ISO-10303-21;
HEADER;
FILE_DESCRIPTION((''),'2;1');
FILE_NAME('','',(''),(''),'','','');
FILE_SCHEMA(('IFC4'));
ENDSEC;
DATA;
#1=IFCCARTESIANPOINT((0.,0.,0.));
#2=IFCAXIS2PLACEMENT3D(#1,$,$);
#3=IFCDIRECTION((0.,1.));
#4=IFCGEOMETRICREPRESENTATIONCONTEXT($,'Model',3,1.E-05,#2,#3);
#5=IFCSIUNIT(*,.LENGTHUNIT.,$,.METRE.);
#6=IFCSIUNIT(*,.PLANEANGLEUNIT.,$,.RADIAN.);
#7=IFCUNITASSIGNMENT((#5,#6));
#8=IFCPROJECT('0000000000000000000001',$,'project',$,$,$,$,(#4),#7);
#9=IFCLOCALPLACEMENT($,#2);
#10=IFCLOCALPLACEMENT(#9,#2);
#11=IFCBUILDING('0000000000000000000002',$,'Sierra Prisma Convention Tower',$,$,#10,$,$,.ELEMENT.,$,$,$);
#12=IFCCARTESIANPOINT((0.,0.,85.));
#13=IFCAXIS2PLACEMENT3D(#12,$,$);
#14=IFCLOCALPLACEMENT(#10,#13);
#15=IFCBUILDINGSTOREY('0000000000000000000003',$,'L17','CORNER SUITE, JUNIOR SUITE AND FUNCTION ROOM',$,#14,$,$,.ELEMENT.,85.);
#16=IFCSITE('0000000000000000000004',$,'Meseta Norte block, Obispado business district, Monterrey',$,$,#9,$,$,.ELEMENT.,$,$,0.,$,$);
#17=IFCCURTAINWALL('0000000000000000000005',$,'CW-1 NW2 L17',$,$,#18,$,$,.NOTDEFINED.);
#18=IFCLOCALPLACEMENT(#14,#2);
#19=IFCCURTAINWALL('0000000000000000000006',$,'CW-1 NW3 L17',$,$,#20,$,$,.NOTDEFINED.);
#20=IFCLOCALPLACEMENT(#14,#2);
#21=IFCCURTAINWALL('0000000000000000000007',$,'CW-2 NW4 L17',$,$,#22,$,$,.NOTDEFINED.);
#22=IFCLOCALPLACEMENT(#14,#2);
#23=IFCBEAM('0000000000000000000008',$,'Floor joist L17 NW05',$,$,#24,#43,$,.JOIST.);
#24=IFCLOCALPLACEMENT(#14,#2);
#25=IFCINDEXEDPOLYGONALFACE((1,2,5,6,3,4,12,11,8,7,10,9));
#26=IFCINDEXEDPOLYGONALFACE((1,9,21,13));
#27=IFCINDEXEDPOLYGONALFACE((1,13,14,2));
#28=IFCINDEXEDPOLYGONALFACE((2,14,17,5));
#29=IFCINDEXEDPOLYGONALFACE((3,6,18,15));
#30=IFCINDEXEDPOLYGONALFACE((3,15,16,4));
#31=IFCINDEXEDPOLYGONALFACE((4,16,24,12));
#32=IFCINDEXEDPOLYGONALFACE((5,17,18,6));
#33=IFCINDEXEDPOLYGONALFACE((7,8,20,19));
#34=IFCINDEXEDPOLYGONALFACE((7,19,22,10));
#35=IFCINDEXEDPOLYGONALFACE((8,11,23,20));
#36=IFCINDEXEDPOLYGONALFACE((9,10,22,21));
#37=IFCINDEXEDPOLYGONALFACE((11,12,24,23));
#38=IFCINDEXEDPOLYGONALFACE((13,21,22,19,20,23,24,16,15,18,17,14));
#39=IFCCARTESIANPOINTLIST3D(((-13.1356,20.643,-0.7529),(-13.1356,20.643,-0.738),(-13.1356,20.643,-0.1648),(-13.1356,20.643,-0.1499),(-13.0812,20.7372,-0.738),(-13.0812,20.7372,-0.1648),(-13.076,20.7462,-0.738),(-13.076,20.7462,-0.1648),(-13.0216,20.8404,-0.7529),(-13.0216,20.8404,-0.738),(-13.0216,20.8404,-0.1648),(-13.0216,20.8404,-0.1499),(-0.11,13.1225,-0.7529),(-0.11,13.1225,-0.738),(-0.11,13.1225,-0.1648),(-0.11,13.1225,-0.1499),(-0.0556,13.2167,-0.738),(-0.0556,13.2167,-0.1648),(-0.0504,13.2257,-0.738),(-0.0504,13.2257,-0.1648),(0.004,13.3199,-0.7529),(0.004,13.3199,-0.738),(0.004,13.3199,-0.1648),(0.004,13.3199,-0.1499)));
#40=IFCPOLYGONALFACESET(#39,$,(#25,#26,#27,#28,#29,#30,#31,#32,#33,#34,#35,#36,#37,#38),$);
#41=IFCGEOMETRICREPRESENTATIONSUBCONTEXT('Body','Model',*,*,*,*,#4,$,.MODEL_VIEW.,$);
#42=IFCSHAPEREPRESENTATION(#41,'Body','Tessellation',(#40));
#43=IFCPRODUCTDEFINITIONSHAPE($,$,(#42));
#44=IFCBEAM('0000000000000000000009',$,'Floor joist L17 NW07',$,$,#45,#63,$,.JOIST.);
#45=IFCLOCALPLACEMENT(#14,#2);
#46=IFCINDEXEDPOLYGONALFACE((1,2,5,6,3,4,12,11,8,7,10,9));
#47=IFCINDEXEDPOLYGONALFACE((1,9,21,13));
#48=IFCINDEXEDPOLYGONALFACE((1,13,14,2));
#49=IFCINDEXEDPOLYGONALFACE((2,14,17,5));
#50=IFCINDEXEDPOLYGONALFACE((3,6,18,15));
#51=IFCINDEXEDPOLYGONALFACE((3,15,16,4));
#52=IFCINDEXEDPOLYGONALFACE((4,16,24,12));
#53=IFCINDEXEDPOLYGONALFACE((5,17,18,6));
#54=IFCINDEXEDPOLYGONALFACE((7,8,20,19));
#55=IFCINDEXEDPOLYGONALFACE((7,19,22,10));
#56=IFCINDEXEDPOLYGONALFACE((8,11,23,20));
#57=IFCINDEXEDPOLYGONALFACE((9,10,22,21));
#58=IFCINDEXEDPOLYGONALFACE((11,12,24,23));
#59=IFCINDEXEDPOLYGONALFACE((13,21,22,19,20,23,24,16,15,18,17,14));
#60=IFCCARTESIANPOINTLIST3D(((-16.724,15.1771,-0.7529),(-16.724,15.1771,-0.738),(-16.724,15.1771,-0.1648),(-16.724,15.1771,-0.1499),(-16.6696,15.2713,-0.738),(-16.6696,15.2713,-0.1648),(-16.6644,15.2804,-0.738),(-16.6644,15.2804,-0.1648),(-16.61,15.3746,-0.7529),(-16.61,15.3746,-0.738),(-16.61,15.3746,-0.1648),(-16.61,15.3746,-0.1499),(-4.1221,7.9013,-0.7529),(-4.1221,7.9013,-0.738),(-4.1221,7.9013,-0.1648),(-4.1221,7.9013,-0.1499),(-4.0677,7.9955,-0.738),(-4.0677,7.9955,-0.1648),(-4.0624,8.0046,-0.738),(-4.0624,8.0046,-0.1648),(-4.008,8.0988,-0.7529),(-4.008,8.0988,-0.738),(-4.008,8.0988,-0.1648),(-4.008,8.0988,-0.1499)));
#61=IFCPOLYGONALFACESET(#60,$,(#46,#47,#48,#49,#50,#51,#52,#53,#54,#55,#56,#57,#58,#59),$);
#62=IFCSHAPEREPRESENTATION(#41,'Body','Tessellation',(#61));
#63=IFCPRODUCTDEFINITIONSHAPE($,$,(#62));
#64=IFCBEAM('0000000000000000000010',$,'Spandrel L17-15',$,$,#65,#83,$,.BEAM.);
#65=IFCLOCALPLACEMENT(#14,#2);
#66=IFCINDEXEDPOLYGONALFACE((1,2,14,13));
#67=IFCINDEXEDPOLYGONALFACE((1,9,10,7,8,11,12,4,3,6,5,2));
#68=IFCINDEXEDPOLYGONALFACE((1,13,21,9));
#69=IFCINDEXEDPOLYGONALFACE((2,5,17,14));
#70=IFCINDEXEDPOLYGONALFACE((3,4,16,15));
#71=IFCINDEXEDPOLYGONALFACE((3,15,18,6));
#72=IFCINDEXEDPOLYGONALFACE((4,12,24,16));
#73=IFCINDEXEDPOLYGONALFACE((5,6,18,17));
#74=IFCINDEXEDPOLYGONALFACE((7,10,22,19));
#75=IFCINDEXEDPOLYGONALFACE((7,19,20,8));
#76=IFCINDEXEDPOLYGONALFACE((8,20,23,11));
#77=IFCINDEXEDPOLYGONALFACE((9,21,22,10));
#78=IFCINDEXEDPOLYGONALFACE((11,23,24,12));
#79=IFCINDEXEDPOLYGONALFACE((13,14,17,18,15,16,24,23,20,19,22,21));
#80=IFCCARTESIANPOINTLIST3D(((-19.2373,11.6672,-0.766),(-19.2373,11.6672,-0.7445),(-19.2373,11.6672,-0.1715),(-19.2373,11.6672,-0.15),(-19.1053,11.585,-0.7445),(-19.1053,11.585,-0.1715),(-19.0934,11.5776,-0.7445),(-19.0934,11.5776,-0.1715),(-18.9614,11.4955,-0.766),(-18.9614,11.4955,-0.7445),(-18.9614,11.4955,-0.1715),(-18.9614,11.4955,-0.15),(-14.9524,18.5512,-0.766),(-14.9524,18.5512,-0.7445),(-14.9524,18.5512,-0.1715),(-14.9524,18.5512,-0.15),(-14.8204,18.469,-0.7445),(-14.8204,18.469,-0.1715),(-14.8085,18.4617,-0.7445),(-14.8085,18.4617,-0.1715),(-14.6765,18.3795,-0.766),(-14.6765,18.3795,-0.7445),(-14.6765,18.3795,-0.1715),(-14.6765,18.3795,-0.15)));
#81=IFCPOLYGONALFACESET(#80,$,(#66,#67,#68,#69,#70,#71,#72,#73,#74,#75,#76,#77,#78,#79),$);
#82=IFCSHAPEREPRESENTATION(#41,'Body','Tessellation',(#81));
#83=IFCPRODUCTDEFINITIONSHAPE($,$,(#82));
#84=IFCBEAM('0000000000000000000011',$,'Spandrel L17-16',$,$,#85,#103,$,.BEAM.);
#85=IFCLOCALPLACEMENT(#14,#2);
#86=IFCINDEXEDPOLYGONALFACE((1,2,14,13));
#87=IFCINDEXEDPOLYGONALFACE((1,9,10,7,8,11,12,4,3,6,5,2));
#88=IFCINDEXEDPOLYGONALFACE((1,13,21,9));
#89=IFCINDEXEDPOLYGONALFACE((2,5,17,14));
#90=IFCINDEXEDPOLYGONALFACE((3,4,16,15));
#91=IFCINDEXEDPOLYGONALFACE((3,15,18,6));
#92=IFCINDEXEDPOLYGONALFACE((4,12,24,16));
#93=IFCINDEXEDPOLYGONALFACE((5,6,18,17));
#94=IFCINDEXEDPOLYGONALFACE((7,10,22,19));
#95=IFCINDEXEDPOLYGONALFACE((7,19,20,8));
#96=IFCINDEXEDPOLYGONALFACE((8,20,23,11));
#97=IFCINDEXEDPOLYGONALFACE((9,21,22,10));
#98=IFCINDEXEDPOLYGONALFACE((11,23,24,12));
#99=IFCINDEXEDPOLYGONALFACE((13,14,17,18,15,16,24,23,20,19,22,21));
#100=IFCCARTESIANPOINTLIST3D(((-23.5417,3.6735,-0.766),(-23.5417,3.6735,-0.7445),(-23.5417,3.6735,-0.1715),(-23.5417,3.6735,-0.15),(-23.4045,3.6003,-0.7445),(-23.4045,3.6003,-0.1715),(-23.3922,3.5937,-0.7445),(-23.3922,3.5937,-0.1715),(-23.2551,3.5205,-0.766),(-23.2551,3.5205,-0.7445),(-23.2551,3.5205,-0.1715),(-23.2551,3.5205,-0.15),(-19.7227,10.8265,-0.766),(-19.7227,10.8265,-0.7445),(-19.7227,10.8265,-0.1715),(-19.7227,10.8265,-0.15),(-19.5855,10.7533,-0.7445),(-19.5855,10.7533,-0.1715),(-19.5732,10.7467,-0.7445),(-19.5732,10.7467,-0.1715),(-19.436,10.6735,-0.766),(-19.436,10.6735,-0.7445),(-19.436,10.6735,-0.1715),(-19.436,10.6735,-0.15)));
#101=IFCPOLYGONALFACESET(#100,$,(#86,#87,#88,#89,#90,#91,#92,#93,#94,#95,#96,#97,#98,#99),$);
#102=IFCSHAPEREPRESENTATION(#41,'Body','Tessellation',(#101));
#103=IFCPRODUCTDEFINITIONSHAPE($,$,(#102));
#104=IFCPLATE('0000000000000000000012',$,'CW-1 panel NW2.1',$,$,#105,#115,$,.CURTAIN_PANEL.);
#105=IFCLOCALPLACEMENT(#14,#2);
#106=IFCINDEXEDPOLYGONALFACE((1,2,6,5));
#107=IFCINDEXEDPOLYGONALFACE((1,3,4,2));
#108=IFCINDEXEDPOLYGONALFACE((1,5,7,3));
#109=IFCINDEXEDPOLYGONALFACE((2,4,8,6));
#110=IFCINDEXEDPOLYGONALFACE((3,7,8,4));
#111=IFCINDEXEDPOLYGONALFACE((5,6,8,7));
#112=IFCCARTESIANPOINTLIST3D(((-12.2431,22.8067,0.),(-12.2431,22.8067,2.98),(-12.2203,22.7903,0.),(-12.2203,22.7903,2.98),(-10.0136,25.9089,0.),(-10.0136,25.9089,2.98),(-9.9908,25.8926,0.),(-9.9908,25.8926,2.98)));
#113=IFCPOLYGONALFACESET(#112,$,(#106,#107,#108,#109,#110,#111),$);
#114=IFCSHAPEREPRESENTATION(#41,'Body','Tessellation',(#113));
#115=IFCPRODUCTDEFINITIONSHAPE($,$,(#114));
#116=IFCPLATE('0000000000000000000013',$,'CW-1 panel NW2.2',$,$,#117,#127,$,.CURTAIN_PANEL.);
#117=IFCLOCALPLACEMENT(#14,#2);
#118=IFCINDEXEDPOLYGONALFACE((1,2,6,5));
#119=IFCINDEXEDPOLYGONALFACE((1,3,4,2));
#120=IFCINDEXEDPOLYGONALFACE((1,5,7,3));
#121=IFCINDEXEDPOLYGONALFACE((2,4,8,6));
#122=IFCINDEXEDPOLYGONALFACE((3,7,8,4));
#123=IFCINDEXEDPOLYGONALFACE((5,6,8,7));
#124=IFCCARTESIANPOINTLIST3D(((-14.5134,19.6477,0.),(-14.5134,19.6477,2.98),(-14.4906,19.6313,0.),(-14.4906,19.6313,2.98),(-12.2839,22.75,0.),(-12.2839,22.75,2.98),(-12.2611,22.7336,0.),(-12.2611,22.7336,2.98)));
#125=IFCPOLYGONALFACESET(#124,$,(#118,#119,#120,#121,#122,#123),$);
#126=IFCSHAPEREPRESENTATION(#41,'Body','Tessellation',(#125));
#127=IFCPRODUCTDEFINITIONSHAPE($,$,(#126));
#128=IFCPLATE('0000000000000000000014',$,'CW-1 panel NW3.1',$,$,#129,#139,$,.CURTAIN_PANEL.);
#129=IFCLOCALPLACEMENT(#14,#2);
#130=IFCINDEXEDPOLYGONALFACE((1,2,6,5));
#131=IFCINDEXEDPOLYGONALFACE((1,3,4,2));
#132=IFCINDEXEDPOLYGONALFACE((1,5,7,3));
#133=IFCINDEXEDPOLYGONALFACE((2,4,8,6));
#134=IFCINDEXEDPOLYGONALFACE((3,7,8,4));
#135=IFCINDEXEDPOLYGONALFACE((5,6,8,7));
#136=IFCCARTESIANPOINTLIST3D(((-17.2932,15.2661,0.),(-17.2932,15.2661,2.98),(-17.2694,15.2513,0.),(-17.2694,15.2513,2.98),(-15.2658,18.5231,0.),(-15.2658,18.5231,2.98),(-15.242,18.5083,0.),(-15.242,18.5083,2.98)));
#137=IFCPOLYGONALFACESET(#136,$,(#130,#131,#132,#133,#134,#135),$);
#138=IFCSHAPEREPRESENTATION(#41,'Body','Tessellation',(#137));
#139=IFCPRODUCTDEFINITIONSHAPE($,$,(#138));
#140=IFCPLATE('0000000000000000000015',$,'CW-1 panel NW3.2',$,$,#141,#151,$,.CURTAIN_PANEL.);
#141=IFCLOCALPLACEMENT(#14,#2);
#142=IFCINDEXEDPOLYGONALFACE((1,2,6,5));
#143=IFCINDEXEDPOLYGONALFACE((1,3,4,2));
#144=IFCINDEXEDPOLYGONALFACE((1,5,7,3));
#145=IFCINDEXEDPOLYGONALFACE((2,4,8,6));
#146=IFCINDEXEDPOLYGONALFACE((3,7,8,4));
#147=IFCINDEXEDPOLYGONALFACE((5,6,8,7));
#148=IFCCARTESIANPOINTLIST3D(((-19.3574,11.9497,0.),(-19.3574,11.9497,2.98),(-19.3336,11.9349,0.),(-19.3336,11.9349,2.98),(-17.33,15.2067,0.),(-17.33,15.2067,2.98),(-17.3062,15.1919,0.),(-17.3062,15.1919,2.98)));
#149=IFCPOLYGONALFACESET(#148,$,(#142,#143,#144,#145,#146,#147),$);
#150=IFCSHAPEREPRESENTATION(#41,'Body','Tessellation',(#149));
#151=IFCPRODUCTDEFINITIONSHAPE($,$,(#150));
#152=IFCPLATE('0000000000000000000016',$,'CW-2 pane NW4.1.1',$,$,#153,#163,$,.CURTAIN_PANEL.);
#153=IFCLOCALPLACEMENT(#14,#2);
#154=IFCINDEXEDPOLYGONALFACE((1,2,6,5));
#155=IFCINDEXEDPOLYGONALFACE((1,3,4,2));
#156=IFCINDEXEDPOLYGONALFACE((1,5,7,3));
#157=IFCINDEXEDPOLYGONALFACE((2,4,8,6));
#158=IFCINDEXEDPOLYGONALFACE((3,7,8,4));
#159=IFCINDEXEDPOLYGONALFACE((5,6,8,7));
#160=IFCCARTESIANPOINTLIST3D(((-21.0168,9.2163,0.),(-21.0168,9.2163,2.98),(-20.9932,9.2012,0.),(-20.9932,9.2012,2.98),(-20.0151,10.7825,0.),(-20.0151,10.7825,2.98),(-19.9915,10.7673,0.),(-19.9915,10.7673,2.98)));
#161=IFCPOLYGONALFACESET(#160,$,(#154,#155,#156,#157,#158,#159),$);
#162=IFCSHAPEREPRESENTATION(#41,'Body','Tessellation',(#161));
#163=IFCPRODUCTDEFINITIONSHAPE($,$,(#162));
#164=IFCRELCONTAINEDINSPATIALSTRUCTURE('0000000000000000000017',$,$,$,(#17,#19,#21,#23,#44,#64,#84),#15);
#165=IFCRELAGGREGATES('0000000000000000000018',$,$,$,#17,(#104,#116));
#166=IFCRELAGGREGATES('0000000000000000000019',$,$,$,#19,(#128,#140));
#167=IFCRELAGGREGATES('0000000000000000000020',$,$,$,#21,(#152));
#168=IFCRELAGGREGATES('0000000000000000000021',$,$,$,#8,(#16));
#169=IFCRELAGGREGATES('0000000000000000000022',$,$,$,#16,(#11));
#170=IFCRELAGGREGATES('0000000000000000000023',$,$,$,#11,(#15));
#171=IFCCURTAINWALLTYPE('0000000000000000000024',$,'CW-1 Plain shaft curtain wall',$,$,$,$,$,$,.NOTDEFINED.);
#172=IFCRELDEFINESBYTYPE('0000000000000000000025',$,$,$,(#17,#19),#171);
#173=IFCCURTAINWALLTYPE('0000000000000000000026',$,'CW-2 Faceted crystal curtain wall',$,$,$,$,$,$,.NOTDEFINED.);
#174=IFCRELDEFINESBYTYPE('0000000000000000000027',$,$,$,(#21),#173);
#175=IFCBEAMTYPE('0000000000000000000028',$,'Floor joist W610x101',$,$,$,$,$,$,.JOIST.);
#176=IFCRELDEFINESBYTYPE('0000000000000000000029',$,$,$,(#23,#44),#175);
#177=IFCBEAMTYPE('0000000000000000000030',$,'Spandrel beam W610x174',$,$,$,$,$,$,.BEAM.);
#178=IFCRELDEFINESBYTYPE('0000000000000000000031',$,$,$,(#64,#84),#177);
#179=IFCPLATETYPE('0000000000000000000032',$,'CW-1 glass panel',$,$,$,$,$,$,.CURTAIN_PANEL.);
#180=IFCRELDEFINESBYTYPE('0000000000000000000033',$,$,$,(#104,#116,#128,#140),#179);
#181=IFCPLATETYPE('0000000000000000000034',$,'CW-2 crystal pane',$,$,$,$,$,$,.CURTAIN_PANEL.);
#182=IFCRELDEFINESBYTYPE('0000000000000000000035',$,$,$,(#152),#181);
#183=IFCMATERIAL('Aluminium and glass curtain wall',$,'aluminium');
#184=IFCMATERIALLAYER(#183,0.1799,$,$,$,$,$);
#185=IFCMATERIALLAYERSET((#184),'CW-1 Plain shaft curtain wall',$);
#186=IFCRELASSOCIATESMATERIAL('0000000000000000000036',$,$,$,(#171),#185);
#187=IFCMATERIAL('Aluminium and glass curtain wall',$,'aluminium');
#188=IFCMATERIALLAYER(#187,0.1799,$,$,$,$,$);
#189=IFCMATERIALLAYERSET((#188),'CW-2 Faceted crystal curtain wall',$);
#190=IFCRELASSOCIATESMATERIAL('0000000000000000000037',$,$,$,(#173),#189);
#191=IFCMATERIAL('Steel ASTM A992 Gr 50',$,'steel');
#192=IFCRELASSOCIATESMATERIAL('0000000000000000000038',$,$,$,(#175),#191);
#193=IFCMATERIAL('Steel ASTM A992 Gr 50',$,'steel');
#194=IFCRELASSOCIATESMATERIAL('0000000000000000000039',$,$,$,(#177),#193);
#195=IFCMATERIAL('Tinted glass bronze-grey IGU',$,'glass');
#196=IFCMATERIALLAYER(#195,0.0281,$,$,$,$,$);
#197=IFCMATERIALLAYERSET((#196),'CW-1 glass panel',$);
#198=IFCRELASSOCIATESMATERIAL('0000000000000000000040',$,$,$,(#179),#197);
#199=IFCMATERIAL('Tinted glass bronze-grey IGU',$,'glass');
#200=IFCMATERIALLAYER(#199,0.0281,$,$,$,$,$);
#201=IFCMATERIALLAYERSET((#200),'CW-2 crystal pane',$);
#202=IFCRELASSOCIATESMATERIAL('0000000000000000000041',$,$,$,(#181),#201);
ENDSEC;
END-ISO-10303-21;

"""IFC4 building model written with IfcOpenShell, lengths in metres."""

from ifc_helpers import new_model, si_unit, direction, frame, origin, origin_2d, place, context, subcontext, project, spatial, polyline, rectangle, i_section, outline, extrude, material, layer, layer_set, material_profile, profile_set, type_object, element, aggregate, save


model = new_model("IFC4")

# Units and contexts
model_context = context("Model", 3, precision=1e-05, world=origin(), true_north=direction((0.0, 1.0)))
body_context = subcontext(model_context, "Body", "Model", "MODEL_VIEW")
ifc_project = project(units=[si_unit("LENGTHUNIT", "METRE"), si_unit("PLANEANGLEUNIT", "RADIAN")], contexts=[model_context])

# Site, building, storey
site_placement = place(None, origin())
site = spatial("IfcSite", under=ifc_project, at=site_placement, Name="Meseta Norte block, Obispado business district, Monterrey", CompositionType="ELEMENT", RefElevation=0.0)
building_placement = place(site_placement, origin())
building = spatial("IfcBuilding", under=site, at=building_placement, Name="Sierra Prisma Convention Tower", CompositionType="ELEMENT")
storey_placement = place(building_placement, frame((0.0, 0.0, 85.0)))
storey = spatial("IfcBuildingStorey", under=building, at=storey_placement, Name="L17", Description="CORNER SUITE, JUNIOR SUITE AND FUNCTION ROOM", CompositionType="ELEMENT", Elevation=85.0)

# Curtain wall
ifc_material_1 = material(Name="Aluminium and glass curtain wall", Category="aluminium")
ifc_layer_1 = layer(ifc_material_1, 0.1799)
ifc_layer_set_1 = layer_set([ifc_layer_1], Name="CW-1 Plain shaft curtain wall")
curtain_wall_type_1 = type_object("IfcCurtainWallType", Name="CW-1 Plain shaft curtain wall", PredefinedType="NOTDEFINED", material=ifc_layer_set_1)
curtain_wall_1_placement = place(storey_placement, origin())
curtain_wall_1 = element("IfcCurtainWall", 1, at=curtain_wall_1_placement, inside=storey, type_object=curtain_wall_type_1, Name="CW-1 NW2 L17", PredefinedType="NOTDEFINED")

# Curtain wall
curtain_wall_2_placement = place(storey_placement, origin())
curtain_wall_2 = element("IfcCurtainWall", 2, at=curtain_wall_2_placement, inside=storey, type_object=curtain_wall_type_1, Name="CW-1 NW3 L17", PredefinedType="NOTDEFINED")

# Curtain wall
ifc_material_2 = material(Name="Aluminium and glass curtain wall", Category="aluminium")
ifc_layer_2 = layer(ifc_material_2, 0.1799)
ifc_layer_set_2 = layer_set([ifc_layer_2], Name="CW-2 Faceted crystal curtain wall")
curtain_wall_type_2 = type_object("IfcCurtainWallType", Name="CW-2 Faceted crystal curtain wall", PredefinedType="NOTDEFINED", material=ifc_layer_set_2)
curtain_wall_3_placement = place(storey_placement, origin())
curtain_wall_3 = element("IfcCurtainWall", 3, at=curtain_wall_3_placement, inside=storey, type_object=curtain_wall_type_2, Name="CW-2 NW4 L17", PredefinedType="NOTDEFINED")

# Beams
ifc_material_3 = material(Name="Steel ASTM A992 Gr 50", Category="steel")
ifc_material_profile_1 = material_profile(ifc_material_3, i_section(OverallWidth=0.228, OverallDepth=0.603, WebThickness=0.0105, FlangeThickness=0.0149, at=origin_2d()), Name="W610x101")
ifc_profile_set_1 = profile_set([ifc_material_profile_1], Name="Steel ASTM A992 Gr 50")
beam_type_1 = type_object("IfcBeamType", Name="Floor joist W610x101", PredefinedType="JOIST", material=ifc_profile_set_1)
beam_1_placement = place(storey_placement, frame((-13.0786, 20.7417, -0.4514), z_axis=(0.866021, -0.500008, 0.0), x_axis=(0.500008, 0.866021, 0.0)))
element("IfcBeam", 4, at=beam_1_placement, inside=storey, type_object=beam_type_1, Name="Floor joist L17 NW05", PredefinedType="JOIST", context=body_context, shape_type="SweptSolid", body=[
    extrude(i_section(OverallWidth=0.228, OverallDepth=0.603, WebThickness=0.0105, FlangeThickness=0.0149, at=origin_2d()), origin(), (0.0, 0.0, 1.0), 15.0408),
])
beam_2_placement = place(storey_placement, frame((-16.667, 15.2759, -0.4514), z_axis=(0.866023, -0.500004, 0.0), x_axis=(0.500004, 0.866023, 0.0)))
element("IfcBeam", 5, at=beam_2_placement, inside=storey, type_object=beam_type_1, Name="Floor joist L17 NW07", PredefinedType="JOIST", context=body_context, shape_type="SweptSolid", body=[
    extrude(i_section(OverallWidth=0.228, OverallDepth=0.603, WebThickness=0.0105, FlangeThickness=0.0149, at=origin_2d()), origin(), (0.0, 0.0, 1.0), 14.5515),
])
ifc_material_4 = material(Name="Steel ASTM A992 Gr 50", Category="steel")
ifc_material_profile_2 = material_profile(ifc_material_4, i_section(OverallWidth=0.325, OverallDepth=0.616, WebThickness=0.0139, FlangeThickness=0.0215, at=origin_2d()), Name="W610x174")
ifc_profile_set_2 = profile_set([ifc_material_profile_2], Name="Steel ASTM A992 Gr 50")
beam_type_2 = type_object("IfcBeamType", Name="Spandrel beam W610x174", PredefinedType="BEAM", material=ifc_profile_set_2)
for number, where, z_axis, x_axis, name in (
    (6, (-14.8145, 18.4653, -0.458), (-0.528436, -0.848973, 0.0), (0.848973, -0.528436, 0.0), "Spandrel L17-15"),
    (7, (-19.5793, 10.75, -0.458), (-0.470984, -0.882142, 0.0), (0.882142, -0.470984, 0.0), "Spandrel L17-16"),
):
    element("IfcBeam", number, at=place(storey_placement, frame(where, z_axis=z_axis, x_axis=x_axis)), inside=storey, type_object=beam_type_2, Name=name, PredefinedType="BEAM", context=body_context, shape_type="SweptSolid", body=[
        extrude(i_section(OverallWidth=0.325, OverallDepth=0.616, WebThickness=0.0139, FlangeThickness=0.0215, at=origin_2d()), origin(), (0.0, 0.0, 1.0), 8.1086),
    ])

# Plates
ifc_material_5 = material(Name="Tinted glass bronze-grey IGU", Category="glass")
ifc_layer_3 = layer(ifc_material_5, 0.0281)
ifc_layer_set_3 = layer_set([ifc_layer_3], Name="CW-1 glass panel")
plate_type_1 = type_object("IfcPlateType", Name="CW-1 glass panel", PredefinedType="CURTAIN_PANEL", material=ifc_layer_set_3)
plate_1_placement = place(storey_placement, frame((-11.1169, 24.3496, 0.0), z_axis=(0.0, 0.0, 1.0), x_axis=(-0.583591, -0.812047, 0.0)))
plate_1 = element("IfcPlate", 8, at=plate_1_placement, type_object=plate_type_1, Name="CW-1 panel NW2.1", PredefinedType="CURTAIN_PANEL", context=body_context, shape_type="SweptSolid", body=[
    extrude(rectangle(XDim=3.8203, YDim=0.0281, at=origin_2d()), origin(), (0.0, 0.0, 1.0), 2.98),
])
plate_2_placement = place(storey_placement, frame((-13.3872, 21.1907, 0.0), z_axis=(0.0, 0.0, 1.0), x_axis=(-0.583591, -0.812047, 0.0)))
plate_2 = element("IfcPlate", 9, at=plate_2_placement, type_object=plate_type_1, Name="CW-1 panel NW2.2", PredefinedType="CURTAIN_PANEL", context=body_context, shape_type="SweptSolid", body=[
    extrude(rectangle(XDim=3.8203, YDim=0.0281, at=origin_2d()), origin(), (0.0, 0.0, 1.0), 2.98),
])
aggregate(curtain_wall_1, [plate_1, plate_2])
plate_3_placement = place(storey_placement, frame((-16.2676, 16.8872, 0.0), z_axis=(0.0, 0.0, 1.0), x_axis=(-0.528456, -0.848961, 0.0)))
plate_3 = element("IfcPlate", 10, at=plate_3_placement, type_object=plate_type_1, Name="CW-1 panel NW3.1", PredefinedType="CURTAIN_PANEL", context=body_context, shape_type="SweptSolid", body=[
    extrude(rectangle(XDim=3.8364, YDim=0.0281, at=origin_2d()), origin(), (0.0, 0.0, 1.0), 2.98),
])
plate_4_placement = place(storey_placement, frame((-18.3318, 13.5708, 0.0), z_axis=(0.0, 0.0, 1.0), x_axis=(-0.528456, -0.848961, 0.0)))
plate_4 = element("IfcPlate", 11, at=plate_4_placement, type_object=plate_type_1, Name="CW-1 panel NW3.2", PredefinedType="CURTAIN_PANEL", context=body_context, shape_type="SweptSolid", body=[
    extrude(rectangle(XDim=3.8364, YDim=0.0281, at=origin_2d()), origin(), (0.0, 0.0, 1.0), 2.98),
])
aggregate(curtain_wall_2, [plate_3, plate_4])
ifc_material_6 = material(Name="Tinted glass bronze-grey IGU", Category="glass")
ifc_layer_4 = layer(ifc_material_6, 0.0281)
ifc_layer_set_4 = layer_set([ifc_layer_4], Name="CW-2 crystal pane")
plate_type_2 = type_object("IfcPlateType", Name="CW-2 crystal pane", PredefinedType="CURTAIN_PANEL", material=ifc_layer_set_4)
plate_5_placement = place(storey_placement, frame((-20.0151, 10.7825, 0.0), z_axis=(-0.842426, 0.538811, 0.0), x_axis=(-0.538811, -0.842426, 0.0)))
plate_5 = element("IfcPlate", 12, at=plate_5_placement, type_object=plate_type_2, Name="CW-2 pane NW4.1.1", PredefinedType="CURTAIN_PANEL", context=body_context, shape_type="SweptSolid", body=[
    extrude(outline(polyline([(0.0, 0.0), (1.8591, 0.0), (1.8591, 2.98), (0.0, 2.98), (0.0, 0.0)])), origin(), (0.0, 0.0, -1.0), 0.0281),
])
aggregate(curtain_wall_3, [plate_5])

save(model, "model.ifc")
